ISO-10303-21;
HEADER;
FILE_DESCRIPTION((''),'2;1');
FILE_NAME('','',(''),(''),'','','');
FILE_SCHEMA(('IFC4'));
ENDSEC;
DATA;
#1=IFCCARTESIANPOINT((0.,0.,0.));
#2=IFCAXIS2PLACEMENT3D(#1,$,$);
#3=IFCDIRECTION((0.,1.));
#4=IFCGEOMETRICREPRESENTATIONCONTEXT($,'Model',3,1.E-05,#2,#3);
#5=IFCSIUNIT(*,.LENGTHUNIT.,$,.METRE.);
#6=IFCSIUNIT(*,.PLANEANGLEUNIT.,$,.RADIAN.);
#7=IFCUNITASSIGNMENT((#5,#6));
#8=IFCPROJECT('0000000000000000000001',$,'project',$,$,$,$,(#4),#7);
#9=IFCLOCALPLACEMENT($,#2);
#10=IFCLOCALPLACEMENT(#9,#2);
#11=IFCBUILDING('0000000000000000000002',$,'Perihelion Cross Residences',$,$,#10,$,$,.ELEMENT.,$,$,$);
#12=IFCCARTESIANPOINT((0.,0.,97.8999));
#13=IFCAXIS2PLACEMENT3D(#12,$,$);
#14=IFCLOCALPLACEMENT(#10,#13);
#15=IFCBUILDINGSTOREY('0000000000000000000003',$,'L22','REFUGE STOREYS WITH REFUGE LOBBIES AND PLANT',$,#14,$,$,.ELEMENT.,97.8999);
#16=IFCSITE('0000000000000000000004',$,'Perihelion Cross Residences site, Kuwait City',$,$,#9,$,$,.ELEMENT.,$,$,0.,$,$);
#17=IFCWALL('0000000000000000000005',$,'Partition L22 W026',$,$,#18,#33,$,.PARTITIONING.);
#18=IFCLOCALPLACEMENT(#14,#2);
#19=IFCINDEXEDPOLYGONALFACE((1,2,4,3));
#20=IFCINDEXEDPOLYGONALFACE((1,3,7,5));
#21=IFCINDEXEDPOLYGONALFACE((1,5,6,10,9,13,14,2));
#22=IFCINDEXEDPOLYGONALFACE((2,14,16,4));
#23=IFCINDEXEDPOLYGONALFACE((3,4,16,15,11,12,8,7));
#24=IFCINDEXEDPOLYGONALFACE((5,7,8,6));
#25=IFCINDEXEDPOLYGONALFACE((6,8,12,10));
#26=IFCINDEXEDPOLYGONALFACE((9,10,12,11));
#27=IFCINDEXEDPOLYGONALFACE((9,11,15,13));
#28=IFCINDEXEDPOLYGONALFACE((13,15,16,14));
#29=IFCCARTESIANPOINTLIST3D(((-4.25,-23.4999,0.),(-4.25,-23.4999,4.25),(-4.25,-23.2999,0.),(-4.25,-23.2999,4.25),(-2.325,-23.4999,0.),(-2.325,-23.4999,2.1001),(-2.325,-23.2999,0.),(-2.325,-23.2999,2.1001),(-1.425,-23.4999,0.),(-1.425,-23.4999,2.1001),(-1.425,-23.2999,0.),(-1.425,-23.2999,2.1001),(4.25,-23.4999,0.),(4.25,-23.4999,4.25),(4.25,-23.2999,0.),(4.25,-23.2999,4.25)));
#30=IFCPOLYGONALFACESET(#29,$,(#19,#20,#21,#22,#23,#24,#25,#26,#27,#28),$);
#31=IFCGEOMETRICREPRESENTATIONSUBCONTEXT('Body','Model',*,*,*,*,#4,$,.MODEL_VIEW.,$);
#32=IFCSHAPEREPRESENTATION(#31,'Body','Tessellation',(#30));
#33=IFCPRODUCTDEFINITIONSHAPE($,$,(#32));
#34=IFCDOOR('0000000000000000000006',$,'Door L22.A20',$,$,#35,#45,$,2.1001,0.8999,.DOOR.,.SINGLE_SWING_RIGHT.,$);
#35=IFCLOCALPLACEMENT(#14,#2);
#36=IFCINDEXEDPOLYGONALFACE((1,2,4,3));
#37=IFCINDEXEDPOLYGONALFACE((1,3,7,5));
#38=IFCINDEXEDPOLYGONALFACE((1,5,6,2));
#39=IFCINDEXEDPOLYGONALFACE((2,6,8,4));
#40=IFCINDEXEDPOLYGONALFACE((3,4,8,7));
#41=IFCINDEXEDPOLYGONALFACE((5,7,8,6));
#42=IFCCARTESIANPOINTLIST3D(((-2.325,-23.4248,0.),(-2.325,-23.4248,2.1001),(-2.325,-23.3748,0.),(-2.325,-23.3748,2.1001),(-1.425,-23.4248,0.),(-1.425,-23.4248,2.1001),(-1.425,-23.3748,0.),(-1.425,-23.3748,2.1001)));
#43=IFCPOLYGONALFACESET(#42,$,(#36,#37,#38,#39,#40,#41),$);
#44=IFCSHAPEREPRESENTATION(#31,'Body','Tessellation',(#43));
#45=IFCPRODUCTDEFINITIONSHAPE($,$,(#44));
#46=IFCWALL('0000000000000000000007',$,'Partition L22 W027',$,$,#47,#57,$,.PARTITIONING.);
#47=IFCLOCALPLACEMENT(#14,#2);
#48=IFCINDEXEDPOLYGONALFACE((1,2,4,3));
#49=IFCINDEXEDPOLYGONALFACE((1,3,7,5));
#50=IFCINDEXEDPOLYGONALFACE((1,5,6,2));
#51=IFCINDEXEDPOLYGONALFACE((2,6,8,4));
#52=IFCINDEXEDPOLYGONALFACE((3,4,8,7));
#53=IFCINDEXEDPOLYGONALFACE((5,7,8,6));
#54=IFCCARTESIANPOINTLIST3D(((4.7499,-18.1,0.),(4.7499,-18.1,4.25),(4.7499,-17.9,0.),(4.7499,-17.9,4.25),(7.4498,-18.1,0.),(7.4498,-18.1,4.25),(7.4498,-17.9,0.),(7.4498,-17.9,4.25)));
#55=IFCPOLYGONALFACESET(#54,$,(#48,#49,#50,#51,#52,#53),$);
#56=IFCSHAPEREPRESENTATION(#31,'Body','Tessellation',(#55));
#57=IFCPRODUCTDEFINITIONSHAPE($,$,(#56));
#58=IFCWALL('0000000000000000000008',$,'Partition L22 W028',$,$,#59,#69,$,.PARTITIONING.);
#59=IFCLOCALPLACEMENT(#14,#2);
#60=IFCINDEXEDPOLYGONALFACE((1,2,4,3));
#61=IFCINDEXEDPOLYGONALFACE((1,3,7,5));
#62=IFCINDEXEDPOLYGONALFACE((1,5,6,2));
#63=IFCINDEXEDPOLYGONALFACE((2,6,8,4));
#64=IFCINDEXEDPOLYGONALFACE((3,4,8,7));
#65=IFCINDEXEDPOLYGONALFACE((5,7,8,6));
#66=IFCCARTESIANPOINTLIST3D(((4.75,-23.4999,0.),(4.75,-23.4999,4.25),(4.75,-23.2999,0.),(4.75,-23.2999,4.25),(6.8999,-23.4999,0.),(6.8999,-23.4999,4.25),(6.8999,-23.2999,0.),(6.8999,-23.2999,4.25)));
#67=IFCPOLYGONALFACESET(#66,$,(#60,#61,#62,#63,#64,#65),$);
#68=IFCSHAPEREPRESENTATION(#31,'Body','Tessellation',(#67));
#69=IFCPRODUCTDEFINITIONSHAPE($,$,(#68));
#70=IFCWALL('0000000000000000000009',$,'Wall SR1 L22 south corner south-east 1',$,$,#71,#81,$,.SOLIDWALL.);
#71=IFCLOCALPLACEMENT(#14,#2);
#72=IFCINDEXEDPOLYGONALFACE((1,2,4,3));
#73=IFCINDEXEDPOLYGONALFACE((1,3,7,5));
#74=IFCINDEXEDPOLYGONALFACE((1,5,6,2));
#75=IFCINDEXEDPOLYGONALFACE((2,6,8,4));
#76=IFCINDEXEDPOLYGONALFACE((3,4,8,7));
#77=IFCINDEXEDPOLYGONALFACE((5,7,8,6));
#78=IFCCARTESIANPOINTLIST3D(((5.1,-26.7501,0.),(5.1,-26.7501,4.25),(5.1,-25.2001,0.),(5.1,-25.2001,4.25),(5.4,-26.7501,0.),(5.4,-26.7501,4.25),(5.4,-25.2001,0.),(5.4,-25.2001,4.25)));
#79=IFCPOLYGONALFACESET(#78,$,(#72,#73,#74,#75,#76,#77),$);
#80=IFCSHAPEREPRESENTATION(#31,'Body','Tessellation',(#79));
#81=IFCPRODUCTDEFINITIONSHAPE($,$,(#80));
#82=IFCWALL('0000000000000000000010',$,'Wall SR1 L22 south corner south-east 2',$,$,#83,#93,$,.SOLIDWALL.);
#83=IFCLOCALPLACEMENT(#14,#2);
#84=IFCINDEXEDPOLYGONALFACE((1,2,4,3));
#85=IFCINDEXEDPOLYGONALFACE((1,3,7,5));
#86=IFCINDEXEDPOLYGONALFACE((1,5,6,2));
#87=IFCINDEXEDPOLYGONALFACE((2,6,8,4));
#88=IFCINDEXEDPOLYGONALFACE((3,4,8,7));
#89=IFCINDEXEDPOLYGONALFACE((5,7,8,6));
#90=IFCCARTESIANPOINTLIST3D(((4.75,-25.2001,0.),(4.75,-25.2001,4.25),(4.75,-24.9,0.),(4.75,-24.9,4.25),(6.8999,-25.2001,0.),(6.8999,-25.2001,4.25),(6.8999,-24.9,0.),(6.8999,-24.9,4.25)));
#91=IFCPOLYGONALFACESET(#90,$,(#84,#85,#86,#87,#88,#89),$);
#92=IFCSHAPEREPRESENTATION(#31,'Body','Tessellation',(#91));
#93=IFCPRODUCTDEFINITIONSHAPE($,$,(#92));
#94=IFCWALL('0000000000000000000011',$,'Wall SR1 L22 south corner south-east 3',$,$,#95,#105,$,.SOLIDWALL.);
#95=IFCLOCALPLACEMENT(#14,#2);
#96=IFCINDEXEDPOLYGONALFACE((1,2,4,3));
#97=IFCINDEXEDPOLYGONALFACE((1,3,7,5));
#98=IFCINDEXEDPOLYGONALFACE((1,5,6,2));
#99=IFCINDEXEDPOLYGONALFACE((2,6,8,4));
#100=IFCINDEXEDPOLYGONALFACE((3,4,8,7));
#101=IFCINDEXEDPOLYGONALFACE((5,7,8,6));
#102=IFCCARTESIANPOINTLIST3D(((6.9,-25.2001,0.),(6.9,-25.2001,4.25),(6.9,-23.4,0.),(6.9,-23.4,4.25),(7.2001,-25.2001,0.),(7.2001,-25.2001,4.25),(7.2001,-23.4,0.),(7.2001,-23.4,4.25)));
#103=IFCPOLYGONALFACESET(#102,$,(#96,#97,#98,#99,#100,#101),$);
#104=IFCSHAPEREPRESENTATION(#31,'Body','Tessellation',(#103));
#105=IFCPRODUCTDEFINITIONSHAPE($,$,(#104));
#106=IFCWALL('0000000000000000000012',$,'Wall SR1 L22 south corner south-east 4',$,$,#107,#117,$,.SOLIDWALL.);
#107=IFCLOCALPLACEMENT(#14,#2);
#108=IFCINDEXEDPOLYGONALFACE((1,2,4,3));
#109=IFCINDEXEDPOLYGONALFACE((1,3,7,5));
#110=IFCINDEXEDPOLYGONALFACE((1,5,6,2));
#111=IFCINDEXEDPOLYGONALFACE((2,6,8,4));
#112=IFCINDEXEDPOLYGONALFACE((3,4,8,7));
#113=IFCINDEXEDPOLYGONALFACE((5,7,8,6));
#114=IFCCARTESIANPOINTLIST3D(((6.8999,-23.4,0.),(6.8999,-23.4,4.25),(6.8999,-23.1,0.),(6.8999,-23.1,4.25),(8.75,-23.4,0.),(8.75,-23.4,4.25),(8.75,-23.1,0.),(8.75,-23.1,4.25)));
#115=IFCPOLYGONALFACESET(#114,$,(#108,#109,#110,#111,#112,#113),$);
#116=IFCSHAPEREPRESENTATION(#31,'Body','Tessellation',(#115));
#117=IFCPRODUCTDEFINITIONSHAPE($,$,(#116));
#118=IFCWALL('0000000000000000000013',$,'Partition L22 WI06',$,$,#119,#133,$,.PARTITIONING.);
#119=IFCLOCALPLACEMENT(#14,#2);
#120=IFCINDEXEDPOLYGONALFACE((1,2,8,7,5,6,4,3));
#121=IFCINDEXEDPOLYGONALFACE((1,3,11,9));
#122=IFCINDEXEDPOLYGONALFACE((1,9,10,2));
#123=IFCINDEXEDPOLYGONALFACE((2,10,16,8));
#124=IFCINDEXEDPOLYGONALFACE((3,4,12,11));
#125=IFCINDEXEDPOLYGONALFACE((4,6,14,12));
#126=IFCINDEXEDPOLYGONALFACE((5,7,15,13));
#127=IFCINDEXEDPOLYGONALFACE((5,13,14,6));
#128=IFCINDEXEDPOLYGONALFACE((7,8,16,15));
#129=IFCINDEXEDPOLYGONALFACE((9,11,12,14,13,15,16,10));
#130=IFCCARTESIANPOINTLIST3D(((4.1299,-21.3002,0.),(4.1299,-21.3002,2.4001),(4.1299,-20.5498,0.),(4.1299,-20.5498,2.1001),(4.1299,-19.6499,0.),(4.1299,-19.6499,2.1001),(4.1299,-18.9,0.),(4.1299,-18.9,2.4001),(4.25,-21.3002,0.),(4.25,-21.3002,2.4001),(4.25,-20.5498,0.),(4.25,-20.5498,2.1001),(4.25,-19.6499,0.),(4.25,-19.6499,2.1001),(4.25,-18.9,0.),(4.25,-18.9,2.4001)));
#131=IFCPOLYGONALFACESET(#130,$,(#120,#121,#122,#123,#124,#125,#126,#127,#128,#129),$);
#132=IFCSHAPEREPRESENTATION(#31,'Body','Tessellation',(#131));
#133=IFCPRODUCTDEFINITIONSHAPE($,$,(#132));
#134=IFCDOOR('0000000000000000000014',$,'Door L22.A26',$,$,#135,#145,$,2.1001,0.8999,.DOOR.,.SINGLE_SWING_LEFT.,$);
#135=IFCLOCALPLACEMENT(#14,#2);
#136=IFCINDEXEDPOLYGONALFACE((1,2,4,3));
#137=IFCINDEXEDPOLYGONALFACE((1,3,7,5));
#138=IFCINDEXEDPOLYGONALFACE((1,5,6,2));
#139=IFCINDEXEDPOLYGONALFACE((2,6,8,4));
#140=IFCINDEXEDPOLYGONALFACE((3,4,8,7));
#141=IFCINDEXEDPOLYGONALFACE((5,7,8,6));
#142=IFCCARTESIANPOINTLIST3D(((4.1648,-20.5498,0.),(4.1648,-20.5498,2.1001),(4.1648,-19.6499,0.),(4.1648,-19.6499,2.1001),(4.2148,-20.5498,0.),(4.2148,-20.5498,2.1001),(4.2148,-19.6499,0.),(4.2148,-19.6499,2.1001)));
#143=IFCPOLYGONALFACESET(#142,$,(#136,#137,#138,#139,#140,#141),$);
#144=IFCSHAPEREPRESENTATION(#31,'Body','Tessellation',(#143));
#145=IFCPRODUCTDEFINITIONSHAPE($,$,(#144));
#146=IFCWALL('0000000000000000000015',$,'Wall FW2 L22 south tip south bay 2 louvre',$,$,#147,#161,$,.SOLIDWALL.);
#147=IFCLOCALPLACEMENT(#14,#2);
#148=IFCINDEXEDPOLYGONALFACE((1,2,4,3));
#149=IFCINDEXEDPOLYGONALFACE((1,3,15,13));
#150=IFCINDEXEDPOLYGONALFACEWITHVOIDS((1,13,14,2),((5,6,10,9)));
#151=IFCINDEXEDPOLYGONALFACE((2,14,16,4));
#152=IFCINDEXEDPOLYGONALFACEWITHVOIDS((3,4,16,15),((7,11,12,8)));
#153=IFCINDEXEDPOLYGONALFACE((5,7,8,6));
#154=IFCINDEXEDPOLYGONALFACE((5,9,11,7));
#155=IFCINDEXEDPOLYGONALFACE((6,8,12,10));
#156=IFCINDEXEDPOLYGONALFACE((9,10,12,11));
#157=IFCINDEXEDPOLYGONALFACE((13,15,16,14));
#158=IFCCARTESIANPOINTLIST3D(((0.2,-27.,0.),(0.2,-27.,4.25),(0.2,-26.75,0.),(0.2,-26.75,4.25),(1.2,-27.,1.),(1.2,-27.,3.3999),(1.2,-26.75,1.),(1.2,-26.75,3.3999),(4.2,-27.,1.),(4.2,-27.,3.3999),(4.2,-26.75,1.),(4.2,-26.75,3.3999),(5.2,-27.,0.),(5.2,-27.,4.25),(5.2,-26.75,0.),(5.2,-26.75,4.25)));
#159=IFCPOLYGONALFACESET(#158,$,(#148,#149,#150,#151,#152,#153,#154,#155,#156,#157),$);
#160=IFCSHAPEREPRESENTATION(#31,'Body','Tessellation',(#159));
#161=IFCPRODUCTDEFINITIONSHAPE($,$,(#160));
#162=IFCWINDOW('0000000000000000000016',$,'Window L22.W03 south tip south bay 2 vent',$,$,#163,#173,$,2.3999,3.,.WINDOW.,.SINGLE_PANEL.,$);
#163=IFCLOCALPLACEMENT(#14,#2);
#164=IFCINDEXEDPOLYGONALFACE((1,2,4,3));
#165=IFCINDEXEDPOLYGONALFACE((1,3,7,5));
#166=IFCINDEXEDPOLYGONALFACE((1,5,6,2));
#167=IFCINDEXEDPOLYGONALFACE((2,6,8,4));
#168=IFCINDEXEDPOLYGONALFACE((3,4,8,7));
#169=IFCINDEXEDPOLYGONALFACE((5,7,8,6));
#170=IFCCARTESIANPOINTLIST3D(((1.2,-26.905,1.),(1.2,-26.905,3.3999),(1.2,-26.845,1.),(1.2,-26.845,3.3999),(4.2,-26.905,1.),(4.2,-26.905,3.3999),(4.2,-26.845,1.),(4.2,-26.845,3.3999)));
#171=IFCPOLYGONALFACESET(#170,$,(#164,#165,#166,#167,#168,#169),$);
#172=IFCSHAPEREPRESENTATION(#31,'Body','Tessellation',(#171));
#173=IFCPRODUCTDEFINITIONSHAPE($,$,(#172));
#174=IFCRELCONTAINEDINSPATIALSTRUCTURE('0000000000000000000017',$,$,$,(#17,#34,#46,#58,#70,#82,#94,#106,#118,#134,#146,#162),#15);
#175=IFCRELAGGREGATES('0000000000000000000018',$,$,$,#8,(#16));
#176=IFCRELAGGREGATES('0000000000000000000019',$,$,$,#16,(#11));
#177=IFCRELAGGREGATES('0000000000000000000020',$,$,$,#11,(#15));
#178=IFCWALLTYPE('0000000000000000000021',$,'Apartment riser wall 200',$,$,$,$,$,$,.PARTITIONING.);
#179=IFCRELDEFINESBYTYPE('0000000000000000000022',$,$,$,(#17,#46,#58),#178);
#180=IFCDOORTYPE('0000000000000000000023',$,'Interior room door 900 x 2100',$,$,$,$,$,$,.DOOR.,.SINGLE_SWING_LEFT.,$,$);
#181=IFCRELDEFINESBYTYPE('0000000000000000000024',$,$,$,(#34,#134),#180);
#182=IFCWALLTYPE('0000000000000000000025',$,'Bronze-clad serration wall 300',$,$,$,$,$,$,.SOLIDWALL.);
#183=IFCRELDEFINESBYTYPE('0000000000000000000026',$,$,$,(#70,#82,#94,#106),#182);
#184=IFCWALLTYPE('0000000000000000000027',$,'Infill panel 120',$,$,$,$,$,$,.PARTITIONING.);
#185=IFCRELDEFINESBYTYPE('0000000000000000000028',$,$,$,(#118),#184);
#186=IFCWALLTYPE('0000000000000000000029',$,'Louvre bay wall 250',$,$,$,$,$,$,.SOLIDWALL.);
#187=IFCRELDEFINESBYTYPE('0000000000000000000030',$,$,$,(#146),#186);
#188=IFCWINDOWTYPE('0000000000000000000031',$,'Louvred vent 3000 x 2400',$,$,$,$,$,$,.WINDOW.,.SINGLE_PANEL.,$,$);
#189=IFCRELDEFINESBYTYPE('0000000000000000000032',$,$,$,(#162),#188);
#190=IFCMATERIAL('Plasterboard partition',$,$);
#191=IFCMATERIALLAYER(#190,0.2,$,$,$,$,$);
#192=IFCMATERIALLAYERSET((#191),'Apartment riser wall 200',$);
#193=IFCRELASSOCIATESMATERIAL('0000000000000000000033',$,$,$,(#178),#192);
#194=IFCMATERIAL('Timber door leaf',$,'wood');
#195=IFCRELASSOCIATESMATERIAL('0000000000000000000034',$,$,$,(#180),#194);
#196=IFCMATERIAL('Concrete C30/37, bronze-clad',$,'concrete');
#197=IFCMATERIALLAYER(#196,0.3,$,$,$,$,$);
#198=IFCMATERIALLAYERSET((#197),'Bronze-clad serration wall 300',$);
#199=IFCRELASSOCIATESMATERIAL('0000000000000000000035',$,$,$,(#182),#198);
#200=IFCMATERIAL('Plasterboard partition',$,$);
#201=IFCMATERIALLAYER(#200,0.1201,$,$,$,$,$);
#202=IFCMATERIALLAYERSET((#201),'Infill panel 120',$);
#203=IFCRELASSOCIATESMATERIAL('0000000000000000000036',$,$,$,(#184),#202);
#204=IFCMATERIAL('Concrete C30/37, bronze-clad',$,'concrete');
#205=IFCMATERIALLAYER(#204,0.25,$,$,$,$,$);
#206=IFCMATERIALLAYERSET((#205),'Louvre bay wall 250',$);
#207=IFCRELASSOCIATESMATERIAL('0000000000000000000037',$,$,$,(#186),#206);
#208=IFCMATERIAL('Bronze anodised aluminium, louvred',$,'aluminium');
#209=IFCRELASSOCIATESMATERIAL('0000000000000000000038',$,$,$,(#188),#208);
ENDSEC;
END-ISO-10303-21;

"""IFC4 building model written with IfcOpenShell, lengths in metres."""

from ifc_helpers import new_model, si_unit, direction, frame, frame_2d, origin, place, context, subcontext, project, spatial, rectangle, extrude, material, layer, layer_set, type_object, element, fill, save


model = new_model("IFC4")

# Units and contexts
model_context = context("Model", 3, precision=1e-05, world=origin(), true_north=direction((0.0, 1.0)))
body_context = subcontext(model_context, "Body", "Model", "MODEL_VIEW")
ifc_project = project(units=[si_unit("LENGTHUNIT", "METRE"), si_unit("PLANEANGLEUNIT", "RADIAN")], contexts=[model_context])

# Site, building, storey
site_placement = place(None, origin())
site = spatial("IfcSite", under=ifc_project, at=site_placement, Name="Perihelion Cross Residences site, Kuwait City", CompositionType="ELEMENT", RefElevation=0.0)
building_placement = place(site_placement, origin())
building = spatial("IfcBuilding", under=site, at=building_placement, Name="Perihelion Cross Residences", CompositionType="ELEMENT")
storey_placement = place(building_placement, frame((0.0, 0.0, 97.8999)))
storey = spatial("IfcBuildingStorey", under=building, at=storey_placement, Name="L22", Description="REFUGE STOREYS WITH REFUGE LOBBIES AND PLANT", CompositionType="ELEMENT", Elevation=97.8999)

# Wall, opening, door
ifc_material_1 = material(Name="Plasterboard partition")
ifc_layer_1 = layer(ifc_material_1, 0.2)
ifc_layer_set_1 = layer_set([ifc_layer_1], Name="Apartment riser wall 200")
wall_type_1 = type_object("IfcWallType", Name="Apartment riser wall 200", PredefinedType="PARTITIONING", material=ifc_layer_set_1)
ifc_material_2 = material(Name="Timber door leaf", Category="wood")
door_type = type_object("IfcDoorType", Name="Interior room door 900 x 2100", OperationType="SINGLE_SWING_LEFT", PredefinedType="DOOR", material=ifc_material_2)
wall_1_placement = place(storey_placement, frame((4.25, -23.3999, 0.0), z_axis=(0.0, 0.0, 1.0), x_axis=(-1.0, 0.0, 0.0)))
wall_1 = element("IfcWall", 1, at=wall_1_placement, inside=storey, type_object=wall_type_1, Name="Partition L22 W026", PredefinedType="PARTITIONING", context=body_context, shape_type="SweptSolid", body=[
    extrude(rectangle(XDim=8.5, YDim=0.2, at=frame_2d((4.25, 0.0))), origin(), (0.0, 0.0, 1.0), 4.25),
])
opening_1_placement = place(wall_1_placement, frame((5.675, 0.0, 0.0)))
opening_1 = element("IfcOpeningElement", 2, at=opening_1_placement, cuts=wall_1, PredefinedType="OPENING", context=body_context, shape_type="SweptSolid", body=[
    extrude(rectangle(XDim=0.8999, YDim=2.1001, at=frame_2d((0.45, 1.05))), frame((0.0, 0.1099, 0.0), z_axis=(0.0, -1.0, 0.0), x_axis=(1.0, 0.0, 0.0)), (0.0, 0.0, 1.0), 0.22),
])
door_1_placement = place(opening_1_placement, origin())
door_1 = element("IfcDoor", 3, at=door_1_placement, inside=storey, type_object=door_type, Name="Door L22.A20", OperationType="SINGLE_SWING_RIGHT", OverallHeight=2.1001, OverallWidth=0.8999, PredefinedType="DOOR", context=body_context, shape_type="SweptSolid", body=[
    extrude(rectangle(XDim=0.8999, YDim=2.1001, at=frame_2d((0.45, 1.05))), frame((0.0, 0.0249, 0.0), z_axis=(0.0, -1.0, 0.0), x_axis=(1.0, 0.0, 0.0)), (0.0, 0.0, 1.0), 0.05),
])
fill(opening_1, door_1)

# Walls
wall_2_placement = place(storey_placement, frame((7.45, -18.0, 0.0), z_axis=(0.0, 0.0, 1.0), x_axis=(-1.0, 0.0, 0.0)))
element("IfcWall", 4, at=wall_2_placement, inside=storey, type_object=wall_type_1, Name="Partition L22 W027", PredefinedType="PARTITIONING", context=body_context, shape_type="SweptSolid", body=[
    extrude(rectangle(XDim=2.7, YDim=0.2, at=frame_2d((1.3501, 0.0))), origin(), (0.0, 0.0, 1.0), 4.25),
])
wall_3_placement = place(storey_placement, frame((6.8999, -23.3999, 0.0), z_axis=(0.0, 0.0, 1.0), x_axis=(-1.0, 0.0, 0.0)))
element("IfcWall", 5, at=wall_3_placement, inside=storey, type_object=wall_type_1, Name="Partition L22 W028", PredefinedType="PARTITIONING", context=body_context, shape_type="SweptSolid", body=[
    extrude(rectangle(XDim=2.1499, YDim=0.2, at=frame_2d((1.075, 0.0))), origin(), (0.0, 0.0, 1.0), 4.25),
])
ifc_material_3 = material(Name="Concrete C30/37, bronze-clad", Category="concrete")
ifc_layer_2 = layer(ifc_material_3, 0.3)
ifc_layer_set_2 = layer_set([ifc_layer_2], Name="Bronze-clad serration wall 300")
wall_type_2 = type_object("IfcWallType", Name="Bronze-clad serration wall 300", PredefinedType="SOLIDWALL", material=ifc_layer_set_2)
wall_4_placement = place(storey_placement, frame((5.25, -26.75, 0.0), z_axis=(0.0, 0.0, 1.0), x_axis=(0.0, 1.0, 0.0)))
element("IfcWall", 6, at=wall_4_placement, inside=storey, type_object=wall_type_2, Name="Wall SR1 L22 south corner south-east 1", PredefinedType="SOLIDWALL", context=body_context, shape_type="SweptSolid", body=[
    extrude(rectangle(XDim=1.55, YDim=0.3, at=frame_2d((0.7749, 0.0))), origin(), (0.0, 0.0, 1.0), 4.25),
])
wall_5_placement = place(storey_placement, frame((4.75, -25.05, 0.0), z_axis=(0.0, 0.0, 1.0), x_axis=(1.0, 0.0, 0.0)))
element("IfcWall", 7, at=wall_5_placement, inside=storey, type_object=wall_type_2, Name="Wall SR1 L22 south corner south-east 2", PredefinedType="SOLIDWALL", context=body_context, shape_type="SweptSolid", body=[
    extrude(rectangle(XDim=2.1499, YDim=0.3, at=frame_2d((1.075, 0.0))), origin(), (0.0, 0.0, 1.0), 4.25),
])
wall_6_placement = place(storey_placement, frame((7.05, -25.2, 0.0), z_axis=(0.0, 0.0, 1.0), x_axis=(0.0, 1.0, 0.0)))
element("IfcWall", 8, at=wall_6_placement, inside=storey, type_object=wall_type_2, Name="Wall SR1 L22 south corner south-east 3", PredefinedType="SOLIDWALL", context=body_context, shape_type="SweptSolid", body=[
    extrude(rectangle(XDim=1.8, YDim=0.3, at=frame_2d((0.8999, 0.0))), origin(), (0.0, 0.0, 1.0), 4.25),
])
wall_7_placement = place(storey_placement, frame((6.8999, -23.25, 0.0), z_axis=(0.0, 0.0, 1.0), x_axis=(1.0, 0.0, 0.0)))
element("IfcWall", 9, at=wall_7_placement, inside=storey, type_object=wall_type_2, Name="Wall SR1 L22 south corner south-east 4", PredefinedType="SOLIDWALL", context=body_context, shape_type="SweptSolid", body=[
    extrude(rectangle(XDim=1.8501, YDim=0.3, at=frame_2d((0.925, 0.0))), origin(), (0.0, 0.0, 1.0), 4.25),
])

# Wall, opening, door
ifc_material_4 = material(Name="Plasterboard partition")
ifc_layer_3 = layer(ifc_material_4, 0.1201)
ifc_layer_set_3 = layer_set([ifc_layer_3], Name="Infill panel 120")
wall_type_3 = type_object("IfcWallType", Name="Infill panel 120", PredefinedType="PARTITIONING", material=ifc_layer_set_3)
wall_8_placement = place(storey_placement, frame((4.1899, -18.8999, 0.0), z_axis=(0.0, 0.0, 1.0), x_axis=(0.0, -1.0, 0.0)))
wall_8 = element("IfcWall", 10, at=wall_8_placement, inside=storey, type_object=wall_type_3, Name="Partition L22 WI06", PredefinedType="PARTITIONING", context=body_context, shape_type="SweptSolid", body=[
    extrude(rectangle(XDim=2.4001, YDim=0.1201, at=frame_2d((1.2002, 0.0))), origin(), (0.0, 0.0, 1.0), 2.4001),
])
opening_2_placement = place(wall_8_placement, frame((0.75, 0.0, 0.0)))
opening_2 = element("IfcOpeningElement", 11, at=opening_2_placement, cuts=wall_8, PredefinedType="OPENING", context=body_context, shape_type="SweptSolid", body=[
    extrude(rectangle(XDim=0.8999, YDim=2.1001, at=frame_2d((0.45, 1.05))), frame((0.0, 0.0701, 0.0), z_axis=(0.0, -1.0, 0.0), x_axis=(1.0, 0.0, 0.0)), (0.0, 0.0, 1.0), 0.1401),
])
door_2_placement = place(opening_2_placement, origin())
door_2 = element("IfcDoor", 12, at=door_2_placement, inside=storey, type_object=door_type, Name="Door L22.A26", OperationType="SINGLE_SWING_LEFT", OverallHeight=2.1001, OverallWidth=0.8999, PredefinedType="DOOR", context=body_context, shape_type="SweptSolid", body=[
    extrude(rectangle(XDim=0.8999, YDim=2.1001, at=frame_2d((0.45, 1.05))), frame((0.0, 0.0249, 0.0), z_axis=(0.0, -1.0, 0.0), x_axis=(1.0, 0.0, 0.0)), (0.0, 0.0, 1.0), 0.05),
])
fill(opening_2, door_2)

# Wall, opening, window
ifc_material_5 = material(Name="Concrete C30/37, bronze-clad", Category="concrete")
ifc_layer_4 = layer(ifc_material_5, 0.25)
ifc_layer_set_4 = layer_set([ifc_layer_4], Name="Louvre bay wall 250")
wall_type_4 = type_object("IfcWallType", Name="Louvre bay wall 250", PredefinedType="SOLIDWALL", material=ifc_layer_set_4)
wall_9_placement = place(storey_placement, frame((0.2, -26.875, 0.0), z_axis=(0.0, 0.0, 1.0), x_axis=(1.0, 0.0, 0.0)))
wall_9 = element("IfcWall", 13, at=wall_9_placement, inside=storey, type_object=wall_type_4, Name="Wall FW2 L22 south tip south bay 2 louvre", PredefinedType="SOLIDWALL", context=body_context, shape_type="SweptSolid", body=[
    extrude(rectangle(XDim=5.0, YDim=0.25, at=frame_2d((2.5, 0.0))), origin(), (0.0, 0.0, 1.0), 4.25),
])
opening_3_placement = place(wall_9_placement, frame((1.0, 0.0, 1.0)))
opening_3 = element("IfcOpeningElement", 14, at=opening_3_placement, cuts=wall_9, PredefinedType="OPENING", context=body_context, shape_type="SweptSolid", body=[
    extrude(rectangle(XDim=3.0, YDim=2.3999, at=frame_2d((1.5, 1.2))), frame((0.0, 0.135, 0.0), z_axis=(0.0, -1.0, 0.0), x_axis=(1.0, 0.0, 0.0)), (0.0, 0.0, 1.0), 0.27),
])
ifc_material_6 = material(Name="Bronze anodised aluminium, louvred", Category="aluminium")
window_type = type_object("IfcWindowType", Name="Louvred vent 3000 x 2400", PartitioningType="SINGLE_PANEL", PredefinedType="WINDOW", material=ifc_material_6)
window_1_placement = place(opening_3_placement, origin())
window_1 = element("IfcWindow", 15, at=window_1_placement, inside=storey, type_object=window_type, Name="Window L22.W03 south tip south bay 2 vent", OverallHeight=2.3999, OverallWidth=3.0, PartitioningType="SINGLE_PANEL", PredefinedType="WINDOW", context=body_context, shape_type="SweptSolid", body=[
    extrude(rectangle(XDim=3.0, YDim=2.3999, at=frame_2d((1.5, 1.2))), frame((0.0, 0.03, 0.0), z_axis=(0.0, -1.0, 0.0), x_axis=(1.0, 0.0, 0.0)), (0.0, 0.0, 1.0), 0.0601),
])
fill(opening_3, window_1)

save(model, "model.ifc")
